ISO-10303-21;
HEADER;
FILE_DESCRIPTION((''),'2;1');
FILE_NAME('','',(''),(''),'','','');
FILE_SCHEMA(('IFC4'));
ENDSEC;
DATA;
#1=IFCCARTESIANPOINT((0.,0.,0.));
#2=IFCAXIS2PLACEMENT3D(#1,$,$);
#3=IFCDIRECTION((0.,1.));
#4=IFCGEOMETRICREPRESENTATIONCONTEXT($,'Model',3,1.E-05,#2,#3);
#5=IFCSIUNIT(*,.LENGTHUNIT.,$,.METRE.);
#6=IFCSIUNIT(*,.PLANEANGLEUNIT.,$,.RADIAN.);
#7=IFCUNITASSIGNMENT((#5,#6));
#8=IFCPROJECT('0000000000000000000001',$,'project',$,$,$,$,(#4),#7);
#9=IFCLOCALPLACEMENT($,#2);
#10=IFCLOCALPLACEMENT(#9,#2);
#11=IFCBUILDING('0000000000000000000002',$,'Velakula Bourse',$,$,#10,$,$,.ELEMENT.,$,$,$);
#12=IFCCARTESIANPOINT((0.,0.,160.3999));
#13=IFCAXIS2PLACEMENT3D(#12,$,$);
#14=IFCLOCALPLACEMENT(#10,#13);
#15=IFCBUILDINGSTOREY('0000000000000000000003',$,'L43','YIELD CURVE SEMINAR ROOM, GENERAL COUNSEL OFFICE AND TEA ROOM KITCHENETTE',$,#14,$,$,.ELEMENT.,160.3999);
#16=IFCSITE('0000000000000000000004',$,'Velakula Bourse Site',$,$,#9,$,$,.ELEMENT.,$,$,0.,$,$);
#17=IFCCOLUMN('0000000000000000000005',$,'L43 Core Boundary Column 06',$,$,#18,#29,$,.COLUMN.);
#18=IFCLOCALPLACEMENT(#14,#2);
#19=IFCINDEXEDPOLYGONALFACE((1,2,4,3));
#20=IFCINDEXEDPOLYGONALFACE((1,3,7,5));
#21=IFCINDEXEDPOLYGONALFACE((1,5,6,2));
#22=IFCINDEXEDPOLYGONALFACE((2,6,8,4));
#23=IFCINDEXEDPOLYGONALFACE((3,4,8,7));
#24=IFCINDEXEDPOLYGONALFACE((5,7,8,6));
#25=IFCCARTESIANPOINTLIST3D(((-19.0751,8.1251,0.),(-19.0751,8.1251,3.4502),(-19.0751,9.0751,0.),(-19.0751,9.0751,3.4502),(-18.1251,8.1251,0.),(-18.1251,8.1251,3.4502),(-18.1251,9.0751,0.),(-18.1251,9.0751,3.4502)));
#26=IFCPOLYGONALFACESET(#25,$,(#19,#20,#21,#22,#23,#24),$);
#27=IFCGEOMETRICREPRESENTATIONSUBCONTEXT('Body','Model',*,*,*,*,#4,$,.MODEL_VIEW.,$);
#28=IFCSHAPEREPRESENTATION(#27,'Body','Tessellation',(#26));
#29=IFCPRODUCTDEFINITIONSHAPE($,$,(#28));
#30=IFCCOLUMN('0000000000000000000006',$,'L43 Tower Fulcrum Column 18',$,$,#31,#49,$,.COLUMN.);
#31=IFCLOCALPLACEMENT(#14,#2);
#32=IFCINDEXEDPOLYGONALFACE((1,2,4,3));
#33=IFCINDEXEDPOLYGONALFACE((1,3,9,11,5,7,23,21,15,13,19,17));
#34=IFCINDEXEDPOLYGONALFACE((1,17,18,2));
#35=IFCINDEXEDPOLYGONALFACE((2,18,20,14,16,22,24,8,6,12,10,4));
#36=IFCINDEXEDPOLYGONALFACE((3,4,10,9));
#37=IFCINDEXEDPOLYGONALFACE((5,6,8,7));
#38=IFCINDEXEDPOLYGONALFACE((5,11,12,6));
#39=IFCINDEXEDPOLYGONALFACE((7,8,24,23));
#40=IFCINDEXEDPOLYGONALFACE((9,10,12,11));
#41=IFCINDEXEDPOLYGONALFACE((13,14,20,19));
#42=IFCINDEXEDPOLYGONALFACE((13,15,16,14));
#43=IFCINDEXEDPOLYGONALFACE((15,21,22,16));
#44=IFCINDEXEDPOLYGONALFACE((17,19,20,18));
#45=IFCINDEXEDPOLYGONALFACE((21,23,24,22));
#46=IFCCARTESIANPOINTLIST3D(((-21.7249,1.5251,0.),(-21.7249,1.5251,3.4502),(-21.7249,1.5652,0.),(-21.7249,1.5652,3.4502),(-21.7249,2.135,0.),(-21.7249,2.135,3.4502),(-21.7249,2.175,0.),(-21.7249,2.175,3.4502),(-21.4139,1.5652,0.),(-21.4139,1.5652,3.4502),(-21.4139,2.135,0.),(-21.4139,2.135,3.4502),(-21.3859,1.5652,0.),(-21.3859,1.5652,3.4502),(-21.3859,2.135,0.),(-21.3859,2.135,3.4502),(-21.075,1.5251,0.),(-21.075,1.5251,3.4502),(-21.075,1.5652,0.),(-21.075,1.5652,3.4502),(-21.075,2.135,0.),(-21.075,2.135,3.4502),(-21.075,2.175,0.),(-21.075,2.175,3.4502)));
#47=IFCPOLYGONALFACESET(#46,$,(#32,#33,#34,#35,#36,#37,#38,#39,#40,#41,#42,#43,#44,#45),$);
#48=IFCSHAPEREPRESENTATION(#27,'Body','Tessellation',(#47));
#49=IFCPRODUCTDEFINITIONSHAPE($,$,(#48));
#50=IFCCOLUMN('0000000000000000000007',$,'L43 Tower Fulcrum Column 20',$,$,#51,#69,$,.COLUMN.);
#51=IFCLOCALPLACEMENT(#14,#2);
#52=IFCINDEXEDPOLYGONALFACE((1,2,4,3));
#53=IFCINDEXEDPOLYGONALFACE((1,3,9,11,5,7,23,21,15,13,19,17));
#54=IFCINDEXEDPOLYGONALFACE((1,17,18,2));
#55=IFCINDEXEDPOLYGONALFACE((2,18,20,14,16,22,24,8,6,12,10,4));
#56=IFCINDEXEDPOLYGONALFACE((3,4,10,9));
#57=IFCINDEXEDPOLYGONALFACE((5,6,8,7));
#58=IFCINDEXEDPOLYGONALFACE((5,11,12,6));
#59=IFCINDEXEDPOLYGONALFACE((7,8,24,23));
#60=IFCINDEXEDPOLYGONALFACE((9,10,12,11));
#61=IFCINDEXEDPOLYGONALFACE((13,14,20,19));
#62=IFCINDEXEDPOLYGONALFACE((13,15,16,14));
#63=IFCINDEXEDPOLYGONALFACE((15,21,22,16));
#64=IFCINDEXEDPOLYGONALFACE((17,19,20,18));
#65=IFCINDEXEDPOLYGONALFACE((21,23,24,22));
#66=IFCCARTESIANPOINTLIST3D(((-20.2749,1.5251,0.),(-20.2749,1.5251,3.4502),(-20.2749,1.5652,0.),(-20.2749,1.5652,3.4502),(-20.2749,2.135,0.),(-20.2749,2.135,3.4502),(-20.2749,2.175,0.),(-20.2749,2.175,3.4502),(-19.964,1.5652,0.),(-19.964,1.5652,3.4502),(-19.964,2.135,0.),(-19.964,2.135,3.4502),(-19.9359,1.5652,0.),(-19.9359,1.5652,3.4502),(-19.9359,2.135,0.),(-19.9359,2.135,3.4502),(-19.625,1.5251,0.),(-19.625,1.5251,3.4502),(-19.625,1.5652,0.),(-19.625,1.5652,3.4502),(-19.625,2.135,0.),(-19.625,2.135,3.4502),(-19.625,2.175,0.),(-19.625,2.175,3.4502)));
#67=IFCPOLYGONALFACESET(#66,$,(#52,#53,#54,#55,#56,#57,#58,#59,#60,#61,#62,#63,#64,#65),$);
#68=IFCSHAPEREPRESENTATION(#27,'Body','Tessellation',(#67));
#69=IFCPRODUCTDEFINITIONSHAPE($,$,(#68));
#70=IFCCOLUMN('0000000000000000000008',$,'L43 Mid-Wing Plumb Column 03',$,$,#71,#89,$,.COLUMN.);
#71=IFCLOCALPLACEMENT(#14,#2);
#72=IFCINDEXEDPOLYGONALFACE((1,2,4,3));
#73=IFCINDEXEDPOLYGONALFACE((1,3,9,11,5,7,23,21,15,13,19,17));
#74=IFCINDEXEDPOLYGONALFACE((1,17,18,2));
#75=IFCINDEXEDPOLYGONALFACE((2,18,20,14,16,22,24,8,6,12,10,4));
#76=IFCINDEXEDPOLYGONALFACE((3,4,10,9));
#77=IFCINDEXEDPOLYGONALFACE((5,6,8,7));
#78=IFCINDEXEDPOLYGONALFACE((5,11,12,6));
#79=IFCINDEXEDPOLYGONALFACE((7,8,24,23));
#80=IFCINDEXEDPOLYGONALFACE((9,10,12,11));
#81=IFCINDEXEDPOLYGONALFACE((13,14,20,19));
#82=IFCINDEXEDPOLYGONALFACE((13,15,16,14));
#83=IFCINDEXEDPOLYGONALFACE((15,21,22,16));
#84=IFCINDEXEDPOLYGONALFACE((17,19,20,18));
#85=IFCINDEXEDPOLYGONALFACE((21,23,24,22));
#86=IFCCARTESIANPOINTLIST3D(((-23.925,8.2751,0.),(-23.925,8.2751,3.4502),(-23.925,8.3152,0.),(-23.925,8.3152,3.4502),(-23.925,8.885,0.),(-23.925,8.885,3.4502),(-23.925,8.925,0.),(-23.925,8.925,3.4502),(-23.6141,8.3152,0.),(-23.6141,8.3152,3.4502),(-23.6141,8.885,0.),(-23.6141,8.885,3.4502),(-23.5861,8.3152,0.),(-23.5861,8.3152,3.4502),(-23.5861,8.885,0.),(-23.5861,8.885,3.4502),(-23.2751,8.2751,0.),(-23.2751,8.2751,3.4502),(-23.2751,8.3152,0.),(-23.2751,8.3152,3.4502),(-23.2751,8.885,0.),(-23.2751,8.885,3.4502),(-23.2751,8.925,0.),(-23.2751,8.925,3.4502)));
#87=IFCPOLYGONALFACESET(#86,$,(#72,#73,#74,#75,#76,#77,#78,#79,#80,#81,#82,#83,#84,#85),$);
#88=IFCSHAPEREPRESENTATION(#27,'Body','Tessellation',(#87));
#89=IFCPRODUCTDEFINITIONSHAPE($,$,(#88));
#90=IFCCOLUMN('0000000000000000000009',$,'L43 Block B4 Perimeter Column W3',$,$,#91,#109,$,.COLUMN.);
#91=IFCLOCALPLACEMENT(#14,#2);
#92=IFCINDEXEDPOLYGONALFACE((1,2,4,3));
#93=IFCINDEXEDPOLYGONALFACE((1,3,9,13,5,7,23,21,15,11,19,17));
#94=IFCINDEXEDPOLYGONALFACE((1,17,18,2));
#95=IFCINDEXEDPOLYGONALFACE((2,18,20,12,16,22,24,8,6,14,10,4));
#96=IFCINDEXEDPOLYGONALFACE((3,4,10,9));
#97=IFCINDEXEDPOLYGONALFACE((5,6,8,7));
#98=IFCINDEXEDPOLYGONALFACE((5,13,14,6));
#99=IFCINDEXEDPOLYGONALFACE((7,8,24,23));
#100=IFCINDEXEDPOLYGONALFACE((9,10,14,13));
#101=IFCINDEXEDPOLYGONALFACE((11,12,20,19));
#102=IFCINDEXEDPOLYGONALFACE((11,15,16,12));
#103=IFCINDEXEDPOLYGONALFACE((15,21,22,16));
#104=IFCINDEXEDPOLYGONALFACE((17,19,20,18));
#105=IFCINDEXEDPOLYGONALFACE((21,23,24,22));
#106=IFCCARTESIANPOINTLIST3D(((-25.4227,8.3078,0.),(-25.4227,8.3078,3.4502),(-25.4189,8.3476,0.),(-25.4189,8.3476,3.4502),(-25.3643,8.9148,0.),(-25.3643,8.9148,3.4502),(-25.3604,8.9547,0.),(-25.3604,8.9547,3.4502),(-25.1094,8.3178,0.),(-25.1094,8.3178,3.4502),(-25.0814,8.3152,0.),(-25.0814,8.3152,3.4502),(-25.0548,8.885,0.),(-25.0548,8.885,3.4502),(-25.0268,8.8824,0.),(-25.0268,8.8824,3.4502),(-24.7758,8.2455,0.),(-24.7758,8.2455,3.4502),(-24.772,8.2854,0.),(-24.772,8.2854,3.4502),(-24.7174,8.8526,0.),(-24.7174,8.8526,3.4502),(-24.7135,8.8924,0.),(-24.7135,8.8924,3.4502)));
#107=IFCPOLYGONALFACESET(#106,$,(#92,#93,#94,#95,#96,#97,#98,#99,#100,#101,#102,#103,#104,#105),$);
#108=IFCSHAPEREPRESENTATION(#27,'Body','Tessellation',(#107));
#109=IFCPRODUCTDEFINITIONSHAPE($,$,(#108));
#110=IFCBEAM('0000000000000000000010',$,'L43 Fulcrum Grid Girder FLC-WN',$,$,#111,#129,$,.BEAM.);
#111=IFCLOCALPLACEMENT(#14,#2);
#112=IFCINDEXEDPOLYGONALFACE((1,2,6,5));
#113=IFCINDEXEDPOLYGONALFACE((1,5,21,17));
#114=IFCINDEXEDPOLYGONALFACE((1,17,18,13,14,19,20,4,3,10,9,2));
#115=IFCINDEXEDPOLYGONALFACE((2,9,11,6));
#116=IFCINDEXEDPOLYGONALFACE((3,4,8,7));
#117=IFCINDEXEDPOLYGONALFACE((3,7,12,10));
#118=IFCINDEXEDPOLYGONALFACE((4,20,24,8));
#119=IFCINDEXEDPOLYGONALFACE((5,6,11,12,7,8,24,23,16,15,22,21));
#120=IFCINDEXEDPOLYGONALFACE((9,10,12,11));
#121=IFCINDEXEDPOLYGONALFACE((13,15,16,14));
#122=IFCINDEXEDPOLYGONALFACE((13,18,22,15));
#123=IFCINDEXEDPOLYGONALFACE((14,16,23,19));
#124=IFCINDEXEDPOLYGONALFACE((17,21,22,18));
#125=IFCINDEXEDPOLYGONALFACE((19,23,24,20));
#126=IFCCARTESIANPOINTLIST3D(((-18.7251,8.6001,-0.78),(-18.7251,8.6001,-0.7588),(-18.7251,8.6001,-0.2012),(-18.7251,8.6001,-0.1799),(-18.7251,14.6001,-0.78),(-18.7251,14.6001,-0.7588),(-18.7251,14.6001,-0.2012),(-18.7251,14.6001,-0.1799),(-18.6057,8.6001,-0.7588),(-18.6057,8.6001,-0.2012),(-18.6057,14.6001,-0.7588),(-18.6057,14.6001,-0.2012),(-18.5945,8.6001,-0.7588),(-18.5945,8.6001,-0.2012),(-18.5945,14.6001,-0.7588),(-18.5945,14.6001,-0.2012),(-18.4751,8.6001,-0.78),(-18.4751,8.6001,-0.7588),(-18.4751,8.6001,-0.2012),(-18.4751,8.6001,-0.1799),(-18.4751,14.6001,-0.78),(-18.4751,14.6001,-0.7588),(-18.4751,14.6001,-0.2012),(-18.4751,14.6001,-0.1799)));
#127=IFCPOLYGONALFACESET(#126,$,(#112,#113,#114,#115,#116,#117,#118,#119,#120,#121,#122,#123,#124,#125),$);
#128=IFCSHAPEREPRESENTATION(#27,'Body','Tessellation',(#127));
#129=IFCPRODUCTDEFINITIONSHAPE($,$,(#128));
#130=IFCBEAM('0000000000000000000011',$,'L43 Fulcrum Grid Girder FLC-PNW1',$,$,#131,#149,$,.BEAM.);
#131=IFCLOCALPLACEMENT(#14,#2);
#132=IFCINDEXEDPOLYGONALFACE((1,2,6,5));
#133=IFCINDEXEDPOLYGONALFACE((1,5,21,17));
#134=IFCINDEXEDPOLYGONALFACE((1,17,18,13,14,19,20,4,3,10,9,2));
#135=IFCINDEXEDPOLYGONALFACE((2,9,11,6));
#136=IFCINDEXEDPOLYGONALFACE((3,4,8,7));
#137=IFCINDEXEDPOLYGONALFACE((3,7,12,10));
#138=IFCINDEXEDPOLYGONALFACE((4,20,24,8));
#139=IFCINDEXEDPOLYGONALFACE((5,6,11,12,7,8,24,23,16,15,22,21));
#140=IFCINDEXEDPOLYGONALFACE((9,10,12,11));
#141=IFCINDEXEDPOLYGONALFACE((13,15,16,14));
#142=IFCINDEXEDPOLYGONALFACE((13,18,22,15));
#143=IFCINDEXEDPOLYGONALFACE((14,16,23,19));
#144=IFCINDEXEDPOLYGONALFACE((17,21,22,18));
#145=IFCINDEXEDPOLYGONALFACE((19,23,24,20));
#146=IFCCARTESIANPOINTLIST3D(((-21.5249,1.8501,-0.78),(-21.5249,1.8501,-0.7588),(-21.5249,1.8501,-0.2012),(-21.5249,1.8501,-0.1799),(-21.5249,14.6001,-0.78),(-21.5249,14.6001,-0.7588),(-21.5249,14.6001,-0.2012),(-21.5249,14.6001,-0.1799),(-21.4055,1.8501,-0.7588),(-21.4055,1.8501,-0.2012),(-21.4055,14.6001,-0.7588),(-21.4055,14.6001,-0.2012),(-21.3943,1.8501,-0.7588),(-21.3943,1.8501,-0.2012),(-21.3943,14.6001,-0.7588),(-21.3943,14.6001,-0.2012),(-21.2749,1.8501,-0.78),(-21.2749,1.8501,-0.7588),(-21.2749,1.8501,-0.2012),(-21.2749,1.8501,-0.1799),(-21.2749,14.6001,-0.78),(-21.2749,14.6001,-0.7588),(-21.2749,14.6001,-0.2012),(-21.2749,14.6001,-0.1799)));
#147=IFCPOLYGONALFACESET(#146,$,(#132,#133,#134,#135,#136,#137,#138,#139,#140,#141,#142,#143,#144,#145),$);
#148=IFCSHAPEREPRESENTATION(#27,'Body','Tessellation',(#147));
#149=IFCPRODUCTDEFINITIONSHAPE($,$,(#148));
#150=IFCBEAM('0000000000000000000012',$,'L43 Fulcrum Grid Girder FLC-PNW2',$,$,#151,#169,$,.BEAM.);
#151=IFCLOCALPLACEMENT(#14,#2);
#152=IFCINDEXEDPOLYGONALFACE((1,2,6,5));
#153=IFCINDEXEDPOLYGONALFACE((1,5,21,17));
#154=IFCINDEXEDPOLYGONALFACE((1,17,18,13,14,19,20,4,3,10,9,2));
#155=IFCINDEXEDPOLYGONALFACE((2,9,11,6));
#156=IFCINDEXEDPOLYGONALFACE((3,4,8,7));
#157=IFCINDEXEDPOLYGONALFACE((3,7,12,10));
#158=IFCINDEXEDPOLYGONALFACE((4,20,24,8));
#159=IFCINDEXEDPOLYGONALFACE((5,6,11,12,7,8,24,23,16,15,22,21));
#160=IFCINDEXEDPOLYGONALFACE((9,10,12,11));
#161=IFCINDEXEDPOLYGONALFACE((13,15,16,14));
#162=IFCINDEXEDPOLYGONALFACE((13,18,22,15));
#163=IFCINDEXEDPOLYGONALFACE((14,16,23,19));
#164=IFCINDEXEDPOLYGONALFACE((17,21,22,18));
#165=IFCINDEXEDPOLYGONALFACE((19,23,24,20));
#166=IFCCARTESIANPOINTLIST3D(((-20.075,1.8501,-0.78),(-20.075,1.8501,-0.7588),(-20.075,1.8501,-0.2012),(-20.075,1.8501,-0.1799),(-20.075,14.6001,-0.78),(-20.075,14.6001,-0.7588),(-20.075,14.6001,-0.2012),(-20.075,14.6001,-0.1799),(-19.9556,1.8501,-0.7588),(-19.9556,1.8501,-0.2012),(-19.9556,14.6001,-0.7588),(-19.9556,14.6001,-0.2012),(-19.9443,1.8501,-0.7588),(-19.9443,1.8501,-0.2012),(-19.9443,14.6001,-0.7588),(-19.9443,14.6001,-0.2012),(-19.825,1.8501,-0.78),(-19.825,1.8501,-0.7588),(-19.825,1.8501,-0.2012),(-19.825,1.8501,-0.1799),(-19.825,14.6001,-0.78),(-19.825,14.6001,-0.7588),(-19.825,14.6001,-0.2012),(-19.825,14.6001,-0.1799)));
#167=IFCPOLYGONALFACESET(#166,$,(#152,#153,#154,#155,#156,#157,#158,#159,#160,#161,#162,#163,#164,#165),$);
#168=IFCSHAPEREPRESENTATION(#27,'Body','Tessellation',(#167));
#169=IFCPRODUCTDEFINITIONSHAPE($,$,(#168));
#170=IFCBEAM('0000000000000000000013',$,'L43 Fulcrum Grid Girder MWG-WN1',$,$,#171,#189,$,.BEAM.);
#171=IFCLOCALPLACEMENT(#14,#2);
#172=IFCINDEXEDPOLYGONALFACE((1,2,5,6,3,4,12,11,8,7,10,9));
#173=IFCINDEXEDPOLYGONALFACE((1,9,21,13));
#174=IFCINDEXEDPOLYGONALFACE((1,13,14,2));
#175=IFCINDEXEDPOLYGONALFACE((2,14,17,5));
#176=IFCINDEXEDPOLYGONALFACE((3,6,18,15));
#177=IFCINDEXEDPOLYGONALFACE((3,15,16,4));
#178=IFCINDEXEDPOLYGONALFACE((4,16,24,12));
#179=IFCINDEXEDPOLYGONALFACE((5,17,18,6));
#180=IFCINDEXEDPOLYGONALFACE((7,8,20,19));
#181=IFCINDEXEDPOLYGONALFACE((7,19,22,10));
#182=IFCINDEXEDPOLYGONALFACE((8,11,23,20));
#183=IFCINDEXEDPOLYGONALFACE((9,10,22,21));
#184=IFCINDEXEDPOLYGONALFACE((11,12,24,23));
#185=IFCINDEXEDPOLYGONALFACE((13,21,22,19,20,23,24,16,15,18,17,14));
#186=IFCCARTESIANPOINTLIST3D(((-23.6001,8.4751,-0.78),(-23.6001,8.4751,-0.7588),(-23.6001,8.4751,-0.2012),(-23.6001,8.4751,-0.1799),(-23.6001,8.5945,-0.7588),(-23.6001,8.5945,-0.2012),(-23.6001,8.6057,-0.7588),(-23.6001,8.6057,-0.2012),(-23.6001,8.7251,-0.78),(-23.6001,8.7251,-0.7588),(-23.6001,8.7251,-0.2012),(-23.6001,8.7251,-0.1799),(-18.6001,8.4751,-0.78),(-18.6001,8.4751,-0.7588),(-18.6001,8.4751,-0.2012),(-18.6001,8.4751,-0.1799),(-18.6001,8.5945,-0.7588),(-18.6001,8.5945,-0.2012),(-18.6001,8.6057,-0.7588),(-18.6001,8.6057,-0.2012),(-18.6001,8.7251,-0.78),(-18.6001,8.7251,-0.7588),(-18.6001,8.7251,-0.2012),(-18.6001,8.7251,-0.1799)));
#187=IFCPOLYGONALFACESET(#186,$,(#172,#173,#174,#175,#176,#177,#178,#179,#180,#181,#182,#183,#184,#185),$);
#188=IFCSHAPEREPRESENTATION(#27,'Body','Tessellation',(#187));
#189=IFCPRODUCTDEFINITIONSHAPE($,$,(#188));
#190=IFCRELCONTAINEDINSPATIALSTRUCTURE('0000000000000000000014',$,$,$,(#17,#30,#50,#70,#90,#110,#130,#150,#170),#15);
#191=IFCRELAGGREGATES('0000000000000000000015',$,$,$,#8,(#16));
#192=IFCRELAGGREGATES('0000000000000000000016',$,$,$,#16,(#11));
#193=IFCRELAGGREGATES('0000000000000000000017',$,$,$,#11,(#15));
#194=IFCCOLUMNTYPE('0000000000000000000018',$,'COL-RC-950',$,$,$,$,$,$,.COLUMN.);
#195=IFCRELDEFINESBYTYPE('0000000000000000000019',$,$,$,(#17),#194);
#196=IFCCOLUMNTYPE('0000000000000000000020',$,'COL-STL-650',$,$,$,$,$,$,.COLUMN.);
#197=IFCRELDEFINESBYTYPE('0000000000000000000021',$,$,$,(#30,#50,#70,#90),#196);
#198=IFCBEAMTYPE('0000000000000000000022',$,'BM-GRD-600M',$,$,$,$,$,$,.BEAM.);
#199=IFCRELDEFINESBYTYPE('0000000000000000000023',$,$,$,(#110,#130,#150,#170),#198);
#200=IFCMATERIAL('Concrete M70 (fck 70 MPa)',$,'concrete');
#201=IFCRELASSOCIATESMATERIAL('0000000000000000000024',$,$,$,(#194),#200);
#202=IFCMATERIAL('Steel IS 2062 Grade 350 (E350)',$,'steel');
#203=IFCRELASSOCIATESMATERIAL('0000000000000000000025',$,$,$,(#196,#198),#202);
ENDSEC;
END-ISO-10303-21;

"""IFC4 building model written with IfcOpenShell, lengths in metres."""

from ifc_helpers import new_model, si_unit, direction, frame, origin, origin_2d, place, context, subcontext, project, spatial, rectangle, i_section, extrude, material, material_profile, profile_set, type_object, element, save


model = new_model("IFC4")

# Units and contexts
model_context = context("Model", 3, precision=1e-05, world=origin(), true_north=direction((0.0, 1.0)))
body_context = subcontext(model_context, "Body", "Model", "MODEL_VIEW")
ifc_project = project(units=[si_unit("LENGTHUNIT", "METRE"), si_unit("PLANEANGLEUNIT", "RADIAN")], contexts=[model_context])

# Site, building, storey
site_placement = place(None, origin())
site = spatial("IfcSite", under=ifc_project, at=site_placement, Name="Velakula Bourse Site", CompositionType="ELEMENT", RefElevation=0.0)
building_placement = place(site_placement, origin())
building = spatial("IfcBuilding", under=site, at=building_placement, Name="Velakula Bourse", CompositionType="ELEMENT")
storey_placement = place(building_placement, frame((0.0, 0.0, 160.3999)))
storey = spatial("IfcBuildingStorey", under=building, at=storey_placement, Name="L43", Description="YIELD CURVE SEMINAR ROOM, GENERAL COUNSEL OFFICE AND TEA ROOM KITCHENETTE", CompositionType="ELEMENT", Elevation=160.3999)

# Columns
ifc_material_1 = material(Name="Concrete M70 (fck 70 MPa)", Category="concrete")
ifc_material_profile_1 = material_profile(ifc_material_1, rectangle(XDim=0.95, YDim=0.95, at=origin_2d()), Name="Concrete M70 (fck 70 MPa)")
ifc_profile_set_1 = profile_set([ifc_material_profile_1], Name="Concrete M70 (fck 70 MPa)")
column_type_1 = type_object("IfcColumnType", Name="COL-RC-950", PredefinedType="COLUMN", material=ifc_profile_set_1)
column_placement = place(storey_placement, frame((-18.6001, 8.6001, 0.0), z_axis=(0.0, 0.0, 1.0), x_axis=(1.0, 0.0, 0.0)))
element("IfcColumn", 1, at=column_placement, inside=storey, type_object=column_type_1, Name="L43 Core Boundary Column 06", PredefinedType="COLUMN", context=body_context, shape_type="SweptSolid", body=[
    extrude(rectangle(XDim=0.95, YDim=0.95, at=origin_2d()), origin(), (0.0, 0.0, 1.0), 3.4502),
])
ifc_material_2 = material(Name="Steel IS 2062 Grade 350 (E350)", Category="steel")
ifc_material_profile_2 = material_profile(ifc_material_2, i_section(OverallWidth=0.6499, OverallDepth=0.6499, WebThickness=0.0281, FlangeThickness=0.04, at=origin_2d()), Name="Steel IS 2062 Grade 350 (E350)")
ifc_profile_set_2 = profile_set([ifc_material_profile_2], Name="Steel IS 2062 Grade 350 (E350)")
column_type_2 = type_object("IfcColumnType", Name="COL-STL-650", PredefinedType="COLUMN", material=ifc_profile_set_2)
for number, where, z_axis, x_axis, name in (
    (2, (-21.3999, 1.8501, 0.0), (0.0, 0.0, 1.0), (1.0, 0.0, 0.0), "L43 Tower Fulcrum Column 18"),
    (3, (-19.95, 1.8501, 0.0), (0.0, 0.0, 1.0), (1.0, 0.0, 0.0), "L43 Tower Fulcrum Column 20"),
    (4, (-23.6001, 8.6001, 0.0), (0.0, 0.0, 1.0), (1.0, 0.0, 0.0), "L43 Mid-Wing Plumb Column 03"),
    (5, (-25.0681, 8.6001, 0.0), (0.0, 0.0, 1.0), (0.995396, -0.095846, 0.0), "L43 Block B4 Perimeter Column W3"),
):
    element("IfcColumn", number, at=place(storey_placement, frame(where, z_axis=z_axis, x_axis=x_axis)), inside=storey, type_object=column_type_2, Name=name, PredefinedType="COLUMN", context=body_context, shape_type="SweptSolid", body=[
        extrude(i_section(OverallWidth=0.6499, OverallDepth=0.6499, WebThickness=0.0281, FlangeThickness=0.04, at=origin_2d()), origin(), (0.0, 0.0, 1.0), 3.4502),
    ])

# Beams
ifc_material_profile_3 = material_profile(ifc_material_2, i_section(OverallWidth=0.25, OverallDepth=0.6001, WebThickness=0.0112, FlangeThickness=0.0212, at=origin_2d()), Name="Steel IS 2062 Grade 350 (E350)")
ifc_profile_set_3 = profile_set([ifc_material_profile_3], Name="Steel IS 2062 Grade 350 (E350)")
beam_type_1 = type_object("IfcBeamType", Name="BM-GRD-600M", PredefinedType="BEAM", material=ifc_profile_set_3)
beam_1_placement = place(storey_placement, frame((-18.6001, 8.6001, -0.48), z_axis=(0.0, 1.0, 0.0), x_axis=(-1.0, 0.0, 0.0)))
element("IfcBeam", 6, at=beam_1_placement, inside=storey, type_object=beam_type_1, Name="L43 Fulcrum Grid Girder FLC-WN", PredefinedType="BEAM", context=body_context, shape_type="SweptSolid", body=[
    extrude(i_section(OverallWidth=0.25, OverallDepth=0.6001, WebThickness=0.0112, FlangeThickness=0.0212, at=origin_2d()), origin(), (0.0, 0.0, 1.0), 6.0),
])
for number, where, z_axis, x_axis, name in (
    (7, (-21.3999, 1.8501, -0.48), (0.0, 1.0, 0.0), (-1.0, 0.0, 0.0), "L43 Fulcrum Grid Girder FLC-PNW1"),
    (8, (-19.95, 1.8501, -0.48), (0.0, 1.0, 0.0), (-1.0, 0.0, 0.0), "L43 Fulcrum Grid Girder FLC-PNW2"),
):
    element("IfcBeam", number, at=place(storey_placement, frame(where, z_axis=z_axis, x_axis=x_axis)), inside=storey, type_object=beam_type_1, Name=name, PredefinedType="BEAM", context=body_context, shape_type="SweptSolid", body=[
        extrude(i_section(OverallWidth=0.25, OverallDepth=0.6001, WebThickness=0.0112, FlangeThickness=0.0212, at=origin_2d()), origin(), (0.0, 0.0, 1.0), 12.75),
    ])
beam_2_placement = place(storey_placement, frame((-23.6001, 8.6001, -0.48), z_axis=(1.0, 0.0, 0.0), x_axis=(0.0, 1.0, 0.0)))
element("IfcBeam", 9, at=beam_2_placement, inside=storey, type_object=beam_type_1, Name="L43 Fulcrum Grid Girder MWG-WN1", PredefinedType="BEAM", context=body_context, shape_type="SweptSolid", body=[
    extrude(i_section(OverallWidth=0.25, OverallDepth=0.6001, WebThickness=0.0112, FlangeThickness=0.0212, at=origin_2d()), origin(), (0.0, 0.0, 1.0), 5.0),
])

save(model, "model.ifc")
